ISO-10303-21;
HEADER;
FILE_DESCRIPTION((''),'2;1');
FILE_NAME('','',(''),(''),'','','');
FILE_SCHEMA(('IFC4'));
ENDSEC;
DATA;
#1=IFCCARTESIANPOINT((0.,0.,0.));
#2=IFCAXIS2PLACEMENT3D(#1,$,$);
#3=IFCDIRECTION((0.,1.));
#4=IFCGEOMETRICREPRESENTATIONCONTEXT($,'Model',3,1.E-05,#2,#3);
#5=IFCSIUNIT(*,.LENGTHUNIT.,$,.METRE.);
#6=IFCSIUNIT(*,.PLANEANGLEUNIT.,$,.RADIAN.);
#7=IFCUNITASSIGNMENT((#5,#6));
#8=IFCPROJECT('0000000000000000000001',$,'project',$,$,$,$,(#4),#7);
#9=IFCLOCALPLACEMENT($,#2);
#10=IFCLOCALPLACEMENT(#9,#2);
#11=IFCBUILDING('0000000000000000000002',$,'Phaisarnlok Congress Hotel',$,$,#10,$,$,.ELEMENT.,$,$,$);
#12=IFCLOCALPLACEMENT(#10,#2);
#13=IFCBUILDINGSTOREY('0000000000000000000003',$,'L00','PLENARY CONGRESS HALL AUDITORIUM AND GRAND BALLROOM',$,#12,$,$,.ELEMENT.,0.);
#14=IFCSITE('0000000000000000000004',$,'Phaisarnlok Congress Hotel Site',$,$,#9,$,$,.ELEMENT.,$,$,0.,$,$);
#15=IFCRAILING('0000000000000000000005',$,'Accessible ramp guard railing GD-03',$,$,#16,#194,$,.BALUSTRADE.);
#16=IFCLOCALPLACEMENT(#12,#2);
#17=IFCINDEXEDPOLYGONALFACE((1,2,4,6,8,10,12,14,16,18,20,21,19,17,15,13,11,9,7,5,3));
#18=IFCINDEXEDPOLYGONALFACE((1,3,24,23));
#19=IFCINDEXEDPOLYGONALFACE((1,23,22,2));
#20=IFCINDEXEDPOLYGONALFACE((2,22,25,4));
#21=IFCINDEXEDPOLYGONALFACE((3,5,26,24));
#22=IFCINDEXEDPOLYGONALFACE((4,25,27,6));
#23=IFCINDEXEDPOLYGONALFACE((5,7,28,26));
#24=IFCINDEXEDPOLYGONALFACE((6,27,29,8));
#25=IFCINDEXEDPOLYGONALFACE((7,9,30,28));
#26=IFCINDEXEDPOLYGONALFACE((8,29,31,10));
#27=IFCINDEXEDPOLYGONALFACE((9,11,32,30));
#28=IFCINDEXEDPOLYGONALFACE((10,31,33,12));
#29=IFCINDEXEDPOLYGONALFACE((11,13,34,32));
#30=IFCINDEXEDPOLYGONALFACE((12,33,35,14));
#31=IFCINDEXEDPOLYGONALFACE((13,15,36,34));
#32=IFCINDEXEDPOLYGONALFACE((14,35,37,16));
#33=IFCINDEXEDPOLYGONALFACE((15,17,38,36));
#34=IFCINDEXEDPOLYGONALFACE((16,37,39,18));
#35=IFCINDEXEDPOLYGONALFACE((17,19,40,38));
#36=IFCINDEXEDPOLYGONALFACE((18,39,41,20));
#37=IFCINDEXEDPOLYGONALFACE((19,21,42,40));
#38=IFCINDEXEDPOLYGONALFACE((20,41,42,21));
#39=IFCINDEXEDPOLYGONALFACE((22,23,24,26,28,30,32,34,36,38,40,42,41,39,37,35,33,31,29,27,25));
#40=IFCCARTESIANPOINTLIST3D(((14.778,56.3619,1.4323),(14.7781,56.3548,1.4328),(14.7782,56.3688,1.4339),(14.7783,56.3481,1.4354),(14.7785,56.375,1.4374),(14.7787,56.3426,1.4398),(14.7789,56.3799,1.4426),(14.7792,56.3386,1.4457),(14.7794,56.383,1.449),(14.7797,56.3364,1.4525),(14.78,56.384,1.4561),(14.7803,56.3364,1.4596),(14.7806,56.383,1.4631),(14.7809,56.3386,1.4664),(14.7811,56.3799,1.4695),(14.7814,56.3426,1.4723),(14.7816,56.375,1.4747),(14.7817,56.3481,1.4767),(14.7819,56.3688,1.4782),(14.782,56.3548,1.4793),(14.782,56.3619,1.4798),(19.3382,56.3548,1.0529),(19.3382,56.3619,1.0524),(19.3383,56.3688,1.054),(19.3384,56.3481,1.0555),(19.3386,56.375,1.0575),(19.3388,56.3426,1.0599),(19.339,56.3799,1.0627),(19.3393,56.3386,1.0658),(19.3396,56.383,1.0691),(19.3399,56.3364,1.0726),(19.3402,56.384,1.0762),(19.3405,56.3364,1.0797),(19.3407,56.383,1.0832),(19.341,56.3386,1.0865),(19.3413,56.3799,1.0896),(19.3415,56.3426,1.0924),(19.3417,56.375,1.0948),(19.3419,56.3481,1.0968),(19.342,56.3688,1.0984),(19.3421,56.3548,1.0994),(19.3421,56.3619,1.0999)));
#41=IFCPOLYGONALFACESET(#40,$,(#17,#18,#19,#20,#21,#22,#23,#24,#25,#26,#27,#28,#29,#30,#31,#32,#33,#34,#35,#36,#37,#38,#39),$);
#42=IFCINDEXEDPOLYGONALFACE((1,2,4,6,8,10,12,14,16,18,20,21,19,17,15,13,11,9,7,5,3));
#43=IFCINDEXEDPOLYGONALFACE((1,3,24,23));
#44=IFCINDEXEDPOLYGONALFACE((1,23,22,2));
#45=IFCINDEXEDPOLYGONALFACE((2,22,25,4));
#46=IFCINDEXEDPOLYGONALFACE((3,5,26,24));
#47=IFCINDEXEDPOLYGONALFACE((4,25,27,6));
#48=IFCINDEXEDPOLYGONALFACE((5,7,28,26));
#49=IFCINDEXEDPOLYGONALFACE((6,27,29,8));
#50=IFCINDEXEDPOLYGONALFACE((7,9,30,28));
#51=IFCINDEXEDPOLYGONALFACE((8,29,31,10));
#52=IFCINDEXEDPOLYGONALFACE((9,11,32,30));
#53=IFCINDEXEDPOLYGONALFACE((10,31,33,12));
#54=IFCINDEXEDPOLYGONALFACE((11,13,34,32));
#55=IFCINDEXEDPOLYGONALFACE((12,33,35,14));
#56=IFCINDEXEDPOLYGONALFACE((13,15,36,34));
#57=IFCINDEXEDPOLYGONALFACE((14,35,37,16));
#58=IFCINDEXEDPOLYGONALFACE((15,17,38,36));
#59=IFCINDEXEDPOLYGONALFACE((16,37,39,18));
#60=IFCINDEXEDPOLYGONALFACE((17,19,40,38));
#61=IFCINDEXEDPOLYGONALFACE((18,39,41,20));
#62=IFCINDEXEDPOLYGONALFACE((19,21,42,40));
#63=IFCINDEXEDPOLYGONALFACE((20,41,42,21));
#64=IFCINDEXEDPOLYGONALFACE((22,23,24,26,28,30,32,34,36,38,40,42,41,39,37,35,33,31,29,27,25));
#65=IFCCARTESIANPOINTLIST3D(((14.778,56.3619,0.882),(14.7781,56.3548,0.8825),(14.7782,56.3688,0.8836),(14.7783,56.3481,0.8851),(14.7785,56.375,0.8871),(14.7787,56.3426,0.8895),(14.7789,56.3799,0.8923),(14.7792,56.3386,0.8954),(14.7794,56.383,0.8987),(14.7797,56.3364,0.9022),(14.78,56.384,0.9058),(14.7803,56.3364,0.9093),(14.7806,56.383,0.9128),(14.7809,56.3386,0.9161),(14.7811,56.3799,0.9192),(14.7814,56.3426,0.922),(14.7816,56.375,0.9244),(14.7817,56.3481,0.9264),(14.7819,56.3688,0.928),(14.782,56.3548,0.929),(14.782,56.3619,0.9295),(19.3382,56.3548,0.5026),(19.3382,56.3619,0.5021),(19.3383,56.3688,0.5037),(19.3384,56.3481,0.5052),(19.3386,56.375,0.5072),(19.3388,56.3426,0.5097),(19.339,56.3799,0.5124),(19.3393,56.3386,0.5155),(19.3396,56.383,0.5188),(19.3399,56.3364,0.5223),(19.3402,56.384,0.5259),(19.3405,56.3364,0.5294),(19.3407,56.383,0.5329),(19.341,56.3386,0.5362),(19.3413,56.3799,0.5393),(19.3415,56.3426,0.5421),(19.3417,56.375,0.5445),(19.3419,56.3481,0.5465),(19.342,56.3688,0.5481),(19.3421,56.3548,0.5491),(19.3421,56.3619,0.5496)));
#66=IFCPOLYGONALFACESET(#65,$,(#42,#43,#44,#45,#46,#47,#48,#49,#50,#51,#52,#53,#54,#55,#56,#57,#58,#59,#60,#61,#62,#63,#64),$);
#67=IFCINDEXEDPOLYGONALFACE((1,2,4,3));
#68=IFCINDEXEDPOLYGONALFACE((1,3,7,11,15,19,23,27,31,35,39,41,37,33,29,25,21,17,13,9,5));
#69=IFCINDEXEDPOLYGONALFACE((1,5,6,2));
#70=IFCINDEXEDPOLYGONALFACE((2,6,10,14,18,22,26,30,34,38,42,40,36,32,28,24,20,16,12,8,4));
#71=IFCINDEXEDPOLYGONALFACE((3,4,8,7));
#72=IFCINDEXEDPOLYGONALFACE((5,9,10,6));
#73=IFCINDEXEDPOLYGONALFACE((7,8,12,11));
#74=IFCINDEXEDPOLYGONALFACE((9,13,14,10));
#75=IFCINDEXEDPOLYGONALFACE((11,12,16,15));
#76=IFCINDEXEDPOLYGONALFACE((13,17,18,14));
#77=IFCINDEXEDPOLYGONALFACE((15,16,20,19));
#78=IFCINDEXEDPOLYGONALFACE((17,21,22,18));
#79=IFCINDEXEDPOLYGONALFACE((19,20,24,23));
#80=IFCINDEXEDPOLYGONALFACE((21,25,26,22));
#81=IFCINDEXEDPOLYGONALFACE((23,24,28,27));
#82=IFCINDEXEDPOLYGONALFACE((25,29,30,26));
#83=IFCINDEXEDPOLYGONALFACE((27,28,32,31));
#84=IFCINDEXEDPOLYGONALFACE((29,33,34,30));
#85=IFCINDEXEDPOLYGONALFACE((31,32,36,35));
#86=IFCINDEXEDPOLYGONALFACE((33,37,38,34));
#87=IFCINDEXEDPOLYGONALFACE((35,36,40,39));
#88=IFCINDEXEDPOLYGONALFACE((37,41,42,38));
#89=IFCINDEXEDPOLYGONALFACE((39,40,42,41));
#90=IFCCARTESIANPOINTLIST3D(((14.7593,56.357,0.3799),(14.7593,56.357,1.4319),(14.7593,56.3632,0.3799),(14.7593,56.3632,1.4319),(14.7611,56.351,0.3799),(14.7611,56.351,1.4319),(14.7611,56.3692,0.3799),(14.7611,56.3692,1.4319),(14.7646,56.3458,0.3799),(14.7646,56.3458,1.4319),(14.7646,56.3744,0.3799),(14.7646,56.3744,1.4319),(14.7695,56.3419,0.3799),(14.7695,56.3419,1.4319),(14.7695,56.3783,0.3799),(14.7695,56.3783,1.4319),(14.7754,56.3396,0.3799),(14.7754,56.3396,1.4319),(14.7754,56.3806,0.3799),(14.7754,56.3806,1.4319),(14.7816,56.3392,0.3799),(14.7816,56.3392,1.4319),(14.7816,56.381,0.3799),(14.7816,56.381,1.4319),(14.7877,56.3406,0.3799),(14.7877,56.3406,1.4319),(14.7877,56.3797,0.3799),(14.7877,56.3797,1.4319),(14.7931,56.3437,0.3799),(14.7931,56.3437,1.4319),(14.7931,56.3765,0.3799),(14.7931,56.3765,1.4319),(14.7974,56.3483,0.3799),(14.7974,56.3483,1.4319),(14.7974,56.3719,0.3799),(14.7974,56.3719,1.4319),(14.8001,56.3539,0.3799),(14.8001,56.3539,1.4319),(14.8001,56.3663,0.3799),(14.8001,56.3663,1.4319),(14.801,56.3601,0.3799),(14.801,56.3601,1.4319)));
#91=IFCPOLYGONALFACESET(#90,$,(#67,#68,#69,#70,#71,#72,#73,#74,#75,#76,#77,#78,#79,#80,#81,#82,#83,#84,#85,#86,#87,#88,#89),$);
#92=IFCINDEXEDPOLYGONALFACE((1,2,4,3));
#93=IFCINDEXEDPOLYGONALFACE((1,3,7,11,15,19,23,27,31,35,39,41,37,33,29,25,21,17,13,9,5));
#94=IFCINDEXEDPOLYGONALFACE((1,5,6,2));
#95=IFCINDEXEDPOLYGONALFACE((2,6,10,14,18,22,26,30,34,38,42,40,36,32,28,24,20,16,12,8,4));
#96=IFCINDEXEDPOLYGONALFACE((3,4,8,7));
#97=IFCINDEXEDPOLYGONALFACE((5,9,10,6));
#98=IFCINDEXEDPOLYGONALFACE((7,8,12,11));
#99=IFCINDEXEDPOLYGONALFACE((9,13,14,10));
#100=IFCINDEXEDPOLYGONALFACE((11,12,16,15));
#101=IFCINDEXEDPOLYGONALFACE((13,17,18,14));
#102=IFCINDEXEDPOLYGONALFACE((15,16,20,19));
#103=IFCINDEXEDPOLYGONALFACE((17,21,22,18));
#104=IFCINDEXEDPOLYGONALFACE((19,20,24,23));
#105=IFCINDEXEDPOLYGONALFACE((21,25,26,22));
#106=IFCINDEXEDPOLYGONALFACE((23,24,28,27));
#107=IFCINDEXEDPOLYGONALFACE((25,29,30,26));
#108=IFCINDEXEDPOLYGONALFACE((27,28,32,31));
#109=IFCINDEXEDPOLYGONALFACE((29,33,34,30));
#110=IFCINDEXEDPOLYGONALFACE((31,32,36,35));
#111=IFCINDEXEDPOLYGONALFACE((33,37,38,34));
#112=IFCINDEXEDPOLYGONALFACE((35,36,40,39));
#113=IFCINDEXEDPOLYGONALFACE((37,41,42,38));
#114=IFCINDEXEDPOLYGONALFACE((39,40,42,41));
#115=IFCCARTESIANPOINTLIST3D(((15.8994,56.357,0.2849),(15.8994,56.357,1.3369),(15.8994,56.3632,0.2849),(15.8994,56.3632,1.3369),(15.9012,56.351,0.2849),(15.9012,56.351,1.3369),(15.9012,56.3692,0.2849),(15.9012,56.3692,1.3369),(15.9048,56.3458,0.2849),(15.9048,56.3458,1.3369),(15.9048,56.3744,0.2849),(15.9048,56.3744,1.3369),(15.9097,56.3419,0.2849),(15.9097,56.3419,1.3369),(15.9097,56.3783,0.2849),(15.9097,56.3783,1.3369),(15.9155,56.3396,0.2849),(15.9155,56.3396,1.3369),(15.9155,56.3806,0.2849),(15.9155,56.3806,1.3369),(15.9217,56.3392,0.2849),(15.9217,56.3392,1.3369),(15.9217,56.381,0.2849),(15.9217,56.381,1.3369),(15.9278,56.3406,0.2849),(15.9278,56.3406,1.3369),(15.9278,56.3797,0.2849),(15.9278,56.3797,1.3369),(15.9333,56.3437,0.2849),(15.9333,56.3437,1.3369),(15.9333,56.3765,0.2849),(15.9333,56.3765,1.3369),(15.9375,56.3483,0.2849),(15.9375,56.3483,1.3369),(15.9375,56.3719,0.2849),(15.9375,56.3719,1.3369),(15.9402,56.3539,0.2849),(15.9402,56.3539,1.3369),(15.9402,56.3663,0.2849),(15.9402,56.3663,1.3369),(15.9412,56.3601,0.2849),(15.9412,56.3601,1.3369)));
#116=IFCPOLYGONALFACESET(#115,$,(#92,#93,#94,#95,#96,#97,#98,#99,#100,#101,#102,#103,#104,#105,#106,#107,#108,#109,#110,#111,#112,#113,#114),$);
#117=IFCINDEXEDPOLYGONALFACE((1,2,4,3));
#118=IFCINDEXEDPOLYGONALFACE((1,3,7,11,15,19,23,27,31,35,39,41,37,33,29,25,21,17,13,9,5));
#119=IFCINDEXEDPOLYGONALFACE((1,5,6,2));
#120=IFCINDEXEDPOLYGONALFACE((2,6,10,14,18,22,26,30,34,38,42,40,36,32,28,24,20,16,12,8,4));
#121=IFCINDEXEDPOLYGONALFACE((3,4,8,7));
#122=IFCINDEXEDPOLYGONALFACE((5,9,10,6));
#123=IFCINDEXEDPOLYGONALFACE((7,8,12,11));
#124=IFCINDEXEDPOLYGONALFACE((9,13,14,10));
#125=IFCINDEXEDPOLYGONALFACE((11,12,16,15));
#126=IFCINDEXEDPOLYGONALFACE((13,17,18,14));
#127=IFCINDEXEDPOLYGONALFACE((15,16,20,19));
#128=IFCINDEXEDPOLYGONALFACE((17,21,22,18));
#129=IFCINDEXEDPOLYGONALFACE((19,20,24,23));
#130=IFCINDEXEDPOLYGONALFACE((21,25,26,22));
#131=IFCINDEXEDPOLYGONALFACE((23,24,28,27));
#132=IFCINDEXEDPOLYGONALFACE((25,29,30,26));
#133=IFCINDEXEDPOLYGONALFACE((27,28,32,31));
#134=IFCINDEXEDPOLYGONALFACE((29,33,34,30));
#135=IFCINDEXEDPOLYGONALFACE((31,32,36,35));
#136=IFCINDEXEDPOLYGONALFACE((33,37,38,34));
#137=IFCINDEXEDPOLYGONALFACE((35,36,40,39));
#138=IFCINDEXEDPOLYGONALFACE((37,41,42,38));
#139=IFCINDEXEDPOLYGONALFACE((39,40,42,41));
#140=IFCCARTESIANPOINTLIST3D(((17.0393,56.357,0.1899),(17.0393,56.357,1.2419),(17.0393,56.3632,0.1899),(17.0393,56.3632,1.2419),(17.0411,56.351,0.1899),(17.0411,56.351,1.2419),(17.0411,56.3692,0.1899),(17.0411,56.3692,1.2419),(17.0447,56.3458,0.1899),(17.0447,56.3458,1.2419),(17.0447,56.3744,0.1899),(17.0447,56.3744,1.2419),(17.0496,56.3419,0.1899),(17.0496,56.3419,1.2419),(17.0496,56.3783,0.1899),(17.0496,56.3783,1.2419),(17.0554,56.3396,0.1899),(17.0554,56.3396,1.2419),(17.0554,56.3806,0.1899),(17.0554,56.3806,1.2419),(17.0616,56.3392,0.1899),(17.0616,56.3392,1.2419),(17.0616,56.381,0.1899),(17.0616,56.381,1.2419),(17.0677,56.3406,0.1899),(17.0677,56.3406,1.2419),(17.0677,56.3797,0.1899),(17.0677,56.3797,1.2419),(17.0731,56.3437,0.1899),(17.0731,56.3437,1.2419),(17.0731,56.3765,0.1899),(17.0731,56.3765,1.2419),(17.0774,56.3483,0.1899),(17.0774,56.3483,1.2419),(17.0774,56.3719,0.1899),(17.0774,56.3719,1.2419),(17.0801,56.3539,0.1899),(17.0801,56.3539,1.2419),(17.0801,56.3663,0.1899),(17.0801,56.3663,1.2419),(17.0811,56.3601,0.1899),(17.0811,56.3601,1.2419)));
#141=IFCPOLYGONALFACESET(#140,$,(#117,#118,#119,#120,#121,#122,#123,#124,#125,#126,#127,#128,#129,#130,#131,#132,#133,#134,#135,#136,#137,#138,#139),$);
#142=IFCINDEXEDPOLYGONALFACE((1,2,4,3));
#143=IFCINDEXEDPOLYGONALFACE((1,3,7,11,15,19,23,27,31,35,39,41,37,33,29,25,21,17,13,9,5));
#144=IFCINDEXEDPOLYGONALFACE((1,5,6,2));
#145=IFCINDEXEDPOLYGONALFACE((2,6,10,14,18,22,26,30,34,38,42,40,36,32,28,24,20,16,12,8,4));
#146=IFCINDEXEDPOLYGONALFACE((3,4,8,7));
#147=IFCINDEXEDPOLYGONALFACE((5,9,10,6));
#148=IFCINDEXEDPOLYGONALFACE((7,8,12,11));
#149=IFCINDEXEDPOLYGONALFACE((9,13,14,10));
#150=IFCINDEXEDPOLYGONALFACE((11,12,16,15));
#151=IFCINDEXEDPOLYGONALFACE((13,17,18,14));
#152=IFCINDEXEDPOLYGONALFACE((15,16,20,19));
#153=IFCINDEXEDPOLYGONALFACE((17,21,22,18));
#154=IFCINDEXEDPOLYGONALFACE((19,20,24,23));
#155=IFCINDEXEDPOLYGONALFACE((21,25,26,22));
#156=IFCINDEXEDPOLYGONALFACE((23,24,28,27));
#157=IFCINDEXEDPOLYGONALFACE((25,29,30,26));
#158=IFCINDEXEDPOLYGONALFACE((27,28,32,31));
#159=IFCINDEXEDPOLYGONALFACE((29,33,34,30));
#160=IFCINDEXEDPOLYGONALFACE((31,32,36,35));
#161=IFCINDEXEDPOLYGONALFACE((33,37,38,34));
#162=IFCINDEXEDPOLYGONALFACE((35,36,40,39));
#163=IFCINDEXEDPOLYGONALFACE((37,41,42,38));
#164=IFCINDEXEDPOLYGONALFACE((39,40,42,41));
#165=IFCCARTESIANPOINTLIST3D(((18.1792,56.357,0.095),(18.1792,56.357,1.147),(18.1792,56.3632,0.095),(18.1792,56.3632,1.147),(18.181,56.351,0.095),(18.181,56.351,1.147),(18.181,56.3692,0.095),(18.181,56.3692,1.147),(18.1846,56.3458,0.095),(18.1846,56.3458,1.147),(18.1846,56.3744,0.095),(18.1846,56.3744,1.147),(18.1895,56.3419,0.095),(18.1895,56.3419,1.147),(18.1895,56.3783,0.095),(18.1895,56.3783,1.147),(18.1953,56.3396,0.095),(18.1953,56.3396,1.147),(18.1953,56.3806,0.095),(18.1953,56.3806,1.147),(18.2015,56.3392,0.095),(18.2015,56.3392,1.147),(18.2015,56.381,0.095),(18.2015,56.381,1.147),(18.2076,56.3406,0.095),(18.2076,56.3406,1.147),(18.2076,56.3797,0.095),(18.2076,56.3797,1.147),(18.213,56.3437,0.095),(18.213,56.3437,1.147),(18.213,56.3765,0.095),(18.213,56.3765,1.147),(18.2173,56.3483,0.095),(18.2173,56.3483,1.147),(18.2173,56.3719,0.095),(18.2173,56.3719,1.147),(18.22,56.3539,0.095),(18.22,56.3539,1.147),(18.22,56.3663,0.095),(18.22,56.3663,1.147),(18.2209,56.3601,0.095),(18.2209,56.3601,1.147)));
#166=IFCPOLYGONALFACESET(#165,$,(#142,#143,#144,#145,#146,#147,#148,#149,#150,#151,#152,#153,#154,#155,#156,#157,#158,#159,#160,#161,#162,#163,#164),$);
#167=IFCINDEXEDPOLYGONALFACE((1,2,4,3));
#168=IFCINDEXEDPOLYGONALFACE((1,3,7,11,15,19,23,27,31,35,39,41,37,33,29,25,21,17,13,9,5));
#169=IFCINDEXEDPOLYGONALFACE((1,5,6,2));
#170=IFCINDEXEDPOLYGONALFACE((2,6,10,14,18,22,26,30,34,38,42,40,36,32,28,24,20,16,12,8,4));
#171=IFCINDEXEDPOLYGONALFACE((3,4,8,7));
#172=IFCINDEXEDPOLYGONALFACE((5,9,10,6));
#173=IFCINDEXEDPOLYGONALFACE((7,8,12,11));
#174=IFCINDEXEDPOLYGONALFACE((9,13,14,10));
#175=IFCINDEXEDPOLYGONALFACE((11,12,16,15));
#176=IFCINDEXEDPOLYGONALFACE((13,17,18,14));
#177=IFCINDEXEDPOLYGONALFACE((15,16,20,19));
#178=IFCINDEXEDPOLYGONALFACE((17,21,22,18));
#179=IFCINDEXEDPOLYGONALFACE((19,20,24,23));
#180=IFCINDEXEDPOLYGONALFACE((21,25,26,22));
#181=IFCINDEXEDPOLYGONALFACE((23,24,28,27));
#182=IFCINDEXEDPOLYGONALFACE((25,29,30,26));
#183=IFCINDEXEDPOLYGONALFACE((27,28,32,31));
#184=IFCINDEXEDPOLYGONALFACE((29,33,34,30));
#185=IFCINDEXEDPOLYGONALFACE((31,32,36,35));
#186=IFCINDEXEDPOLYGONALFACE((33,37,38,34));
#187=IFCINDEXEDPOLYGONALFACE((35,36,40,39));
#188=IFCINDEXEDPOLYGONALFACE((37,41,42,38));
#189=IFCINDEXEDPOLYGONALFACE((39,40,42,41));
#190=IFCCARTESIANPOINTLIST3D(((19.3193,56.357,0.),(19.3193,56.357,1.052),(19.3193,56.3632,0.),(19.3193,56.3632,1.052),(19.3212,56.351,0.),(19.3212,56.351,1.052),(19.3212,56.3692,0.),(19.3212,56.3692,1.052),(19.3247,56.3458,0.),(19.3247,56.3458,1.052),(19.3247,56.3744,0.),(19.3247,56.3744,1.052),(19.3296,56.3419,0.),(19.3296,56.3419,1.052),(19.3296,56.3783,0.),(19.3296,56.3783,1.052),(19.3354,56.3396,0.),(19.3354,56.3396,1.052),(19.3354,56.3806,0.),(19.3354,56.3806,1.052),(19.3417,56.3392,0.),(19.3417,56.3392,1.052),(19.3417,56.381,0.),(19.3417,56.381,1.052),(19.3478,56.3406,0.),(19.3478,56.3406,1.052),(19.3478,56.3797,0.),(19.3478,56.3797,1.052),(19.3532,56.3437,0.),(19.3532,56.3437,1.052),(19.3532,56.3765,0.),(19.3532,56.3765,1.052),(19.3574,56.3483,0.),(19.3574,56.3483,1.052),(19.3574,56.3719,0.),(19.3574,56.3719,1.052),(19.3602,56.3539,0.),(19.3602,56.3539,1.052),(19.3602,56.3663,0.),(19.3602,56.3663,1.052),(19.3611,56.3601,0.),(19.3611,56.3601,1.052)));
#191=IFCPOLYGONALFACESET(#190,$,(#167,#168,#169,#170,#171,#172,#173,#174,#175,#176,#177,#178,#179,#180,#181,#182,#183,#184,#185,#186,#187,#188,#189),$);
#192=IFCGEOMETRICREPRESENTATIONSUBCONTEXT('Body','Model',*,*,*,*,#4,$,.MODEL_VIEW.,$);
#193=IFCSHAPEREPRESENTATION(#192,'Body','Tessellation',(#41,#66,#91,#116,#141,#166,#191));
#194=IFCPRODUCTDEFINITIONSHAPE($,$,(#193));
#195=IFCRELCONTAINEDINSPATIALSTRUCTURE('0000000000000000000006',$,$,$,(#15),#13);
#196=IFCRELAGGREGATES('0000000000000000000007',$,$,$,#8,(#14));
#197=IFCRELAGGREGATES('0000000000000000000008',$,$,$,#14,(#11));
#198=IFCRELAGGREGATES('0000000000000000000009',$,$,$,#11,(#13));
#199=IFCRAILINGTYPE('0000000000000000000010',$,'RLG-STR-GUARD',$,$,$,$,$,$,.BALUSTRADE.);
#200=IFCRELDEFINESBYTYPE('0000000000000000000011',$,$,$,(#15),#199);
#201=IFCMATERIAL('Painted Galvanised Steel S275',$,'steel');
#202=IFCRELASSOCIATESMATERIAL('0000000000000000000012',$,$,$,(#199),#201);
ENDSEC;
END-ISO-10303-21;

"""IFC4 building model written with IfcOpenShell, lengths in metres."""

from ifc_helpers import new_model, si_unit, direction, frame, origin, origin_2d, place, context, subcontext, project, spatial, circle, extrude, material, type_object, element, save


model = new_model("IFC4")

# Units and contexts
model_context = context("Model", 3, precision=1e-05, world=origin(), true_north=direction((0.0, 1.0)))
body_context = subcontext(model_context, "Body", "Model", "MODEL_VIEW")
ifc_project = project(units=[si_unit("LENGTHUNIT", "METRE"), si_unit("PLANEANGLEUNIT", "RADIAN")], contexts=[model_context])

# Site, building, storey
site_placement = place(None, origin())
site = spatial("IfcSite", under=ifc_project, at=site_placement, Name="Phaisarnlok Congress Hotel Site", CompositionType="ELEMENT", RefElevation=0.0)
building_placement = place(site_placement, origin())
building = spatial("IfcBuilding", under=site, at=building_placement, Name="Phaisarnlok Congress Hotel", CompositionType="ELEMENT")
storey_placement = place(building_placement, origin())
storey = spatial("IfcBuildingStorey", under=building, at=storey_placement, Name="L00", Description="PLENARY CONGRESS HALL AUDITORIUM AND GRAND BALLROOM", CompositionType="ELEMENT", Elevation=0.0)

# Railing
ifc_material_1 = material(Name="Painted Galvanised Steel S275", Category="steel")
railing_type_1 = type_object("IfcRailingType", Name="RLG-STR-GUARD", PredefinedType="BALUSTRADE", material=ifc_material_1)
for number, where, name in (
    (1, (14.78, 56.3601, 0.3799), "Accessible ramp guard railing GD-03"),
):
    element("IfcRailing", number, at=place(storey_placement, frame(where)), inside=storey, type_object=railing_type_1, Name=name, PredefinedType="BALUSTRADE", context=body_context, shape_type="SweptSolid", body=[
        extrude(circle(Radius=0.0239, at=origin_2d()), frame((0.0, 0.0, 1.0762), z_axis=(0.996548, 0.0, -0.083019), x_axis=(0.0, 1.0, 0.0)), (0.0, 0.0, 1.0), 4.5759),
        extrude(circle(Radius=0.0239, at=origin_2d()), frame((0.0, 0.0, 0.5259), z_axis=(0.996548, 0.0, -0.083019), x_axis=(0.0, 1.0, 0.0)), (0.0, 0.0, 1.0), 4.5759),
        extrude(circle(Radius=0.021, at=origin_2d()), origin(), (0.0, 0.0, 1.0), 1.052),
        extrude(circle(Radius=0.021, at=origin_2d()), frame((1.1401, 0.0, -0.095)), (0.0, 0.0, 1.0), 1.052),
        extrude(circle(Radius=0.021, at=origin_2d()), frame((2.28, 0.0, -0.1899)), (0.0, 0.0, 1.0), 1.052),
        extrude(circle(Radius=0.021, at=origin_2d()), frame((3.4199, 0.0, -0.2849)), (0.0, 0.0, 1.0), 1.052),
        extrude(circle(Radius=0.021, at=origin_2d()), frame((4.5601, 0.0, -0.3799)), (0.0, 0.0, 1.0), 1.052),
    ])

save(model, "model.ifc")
